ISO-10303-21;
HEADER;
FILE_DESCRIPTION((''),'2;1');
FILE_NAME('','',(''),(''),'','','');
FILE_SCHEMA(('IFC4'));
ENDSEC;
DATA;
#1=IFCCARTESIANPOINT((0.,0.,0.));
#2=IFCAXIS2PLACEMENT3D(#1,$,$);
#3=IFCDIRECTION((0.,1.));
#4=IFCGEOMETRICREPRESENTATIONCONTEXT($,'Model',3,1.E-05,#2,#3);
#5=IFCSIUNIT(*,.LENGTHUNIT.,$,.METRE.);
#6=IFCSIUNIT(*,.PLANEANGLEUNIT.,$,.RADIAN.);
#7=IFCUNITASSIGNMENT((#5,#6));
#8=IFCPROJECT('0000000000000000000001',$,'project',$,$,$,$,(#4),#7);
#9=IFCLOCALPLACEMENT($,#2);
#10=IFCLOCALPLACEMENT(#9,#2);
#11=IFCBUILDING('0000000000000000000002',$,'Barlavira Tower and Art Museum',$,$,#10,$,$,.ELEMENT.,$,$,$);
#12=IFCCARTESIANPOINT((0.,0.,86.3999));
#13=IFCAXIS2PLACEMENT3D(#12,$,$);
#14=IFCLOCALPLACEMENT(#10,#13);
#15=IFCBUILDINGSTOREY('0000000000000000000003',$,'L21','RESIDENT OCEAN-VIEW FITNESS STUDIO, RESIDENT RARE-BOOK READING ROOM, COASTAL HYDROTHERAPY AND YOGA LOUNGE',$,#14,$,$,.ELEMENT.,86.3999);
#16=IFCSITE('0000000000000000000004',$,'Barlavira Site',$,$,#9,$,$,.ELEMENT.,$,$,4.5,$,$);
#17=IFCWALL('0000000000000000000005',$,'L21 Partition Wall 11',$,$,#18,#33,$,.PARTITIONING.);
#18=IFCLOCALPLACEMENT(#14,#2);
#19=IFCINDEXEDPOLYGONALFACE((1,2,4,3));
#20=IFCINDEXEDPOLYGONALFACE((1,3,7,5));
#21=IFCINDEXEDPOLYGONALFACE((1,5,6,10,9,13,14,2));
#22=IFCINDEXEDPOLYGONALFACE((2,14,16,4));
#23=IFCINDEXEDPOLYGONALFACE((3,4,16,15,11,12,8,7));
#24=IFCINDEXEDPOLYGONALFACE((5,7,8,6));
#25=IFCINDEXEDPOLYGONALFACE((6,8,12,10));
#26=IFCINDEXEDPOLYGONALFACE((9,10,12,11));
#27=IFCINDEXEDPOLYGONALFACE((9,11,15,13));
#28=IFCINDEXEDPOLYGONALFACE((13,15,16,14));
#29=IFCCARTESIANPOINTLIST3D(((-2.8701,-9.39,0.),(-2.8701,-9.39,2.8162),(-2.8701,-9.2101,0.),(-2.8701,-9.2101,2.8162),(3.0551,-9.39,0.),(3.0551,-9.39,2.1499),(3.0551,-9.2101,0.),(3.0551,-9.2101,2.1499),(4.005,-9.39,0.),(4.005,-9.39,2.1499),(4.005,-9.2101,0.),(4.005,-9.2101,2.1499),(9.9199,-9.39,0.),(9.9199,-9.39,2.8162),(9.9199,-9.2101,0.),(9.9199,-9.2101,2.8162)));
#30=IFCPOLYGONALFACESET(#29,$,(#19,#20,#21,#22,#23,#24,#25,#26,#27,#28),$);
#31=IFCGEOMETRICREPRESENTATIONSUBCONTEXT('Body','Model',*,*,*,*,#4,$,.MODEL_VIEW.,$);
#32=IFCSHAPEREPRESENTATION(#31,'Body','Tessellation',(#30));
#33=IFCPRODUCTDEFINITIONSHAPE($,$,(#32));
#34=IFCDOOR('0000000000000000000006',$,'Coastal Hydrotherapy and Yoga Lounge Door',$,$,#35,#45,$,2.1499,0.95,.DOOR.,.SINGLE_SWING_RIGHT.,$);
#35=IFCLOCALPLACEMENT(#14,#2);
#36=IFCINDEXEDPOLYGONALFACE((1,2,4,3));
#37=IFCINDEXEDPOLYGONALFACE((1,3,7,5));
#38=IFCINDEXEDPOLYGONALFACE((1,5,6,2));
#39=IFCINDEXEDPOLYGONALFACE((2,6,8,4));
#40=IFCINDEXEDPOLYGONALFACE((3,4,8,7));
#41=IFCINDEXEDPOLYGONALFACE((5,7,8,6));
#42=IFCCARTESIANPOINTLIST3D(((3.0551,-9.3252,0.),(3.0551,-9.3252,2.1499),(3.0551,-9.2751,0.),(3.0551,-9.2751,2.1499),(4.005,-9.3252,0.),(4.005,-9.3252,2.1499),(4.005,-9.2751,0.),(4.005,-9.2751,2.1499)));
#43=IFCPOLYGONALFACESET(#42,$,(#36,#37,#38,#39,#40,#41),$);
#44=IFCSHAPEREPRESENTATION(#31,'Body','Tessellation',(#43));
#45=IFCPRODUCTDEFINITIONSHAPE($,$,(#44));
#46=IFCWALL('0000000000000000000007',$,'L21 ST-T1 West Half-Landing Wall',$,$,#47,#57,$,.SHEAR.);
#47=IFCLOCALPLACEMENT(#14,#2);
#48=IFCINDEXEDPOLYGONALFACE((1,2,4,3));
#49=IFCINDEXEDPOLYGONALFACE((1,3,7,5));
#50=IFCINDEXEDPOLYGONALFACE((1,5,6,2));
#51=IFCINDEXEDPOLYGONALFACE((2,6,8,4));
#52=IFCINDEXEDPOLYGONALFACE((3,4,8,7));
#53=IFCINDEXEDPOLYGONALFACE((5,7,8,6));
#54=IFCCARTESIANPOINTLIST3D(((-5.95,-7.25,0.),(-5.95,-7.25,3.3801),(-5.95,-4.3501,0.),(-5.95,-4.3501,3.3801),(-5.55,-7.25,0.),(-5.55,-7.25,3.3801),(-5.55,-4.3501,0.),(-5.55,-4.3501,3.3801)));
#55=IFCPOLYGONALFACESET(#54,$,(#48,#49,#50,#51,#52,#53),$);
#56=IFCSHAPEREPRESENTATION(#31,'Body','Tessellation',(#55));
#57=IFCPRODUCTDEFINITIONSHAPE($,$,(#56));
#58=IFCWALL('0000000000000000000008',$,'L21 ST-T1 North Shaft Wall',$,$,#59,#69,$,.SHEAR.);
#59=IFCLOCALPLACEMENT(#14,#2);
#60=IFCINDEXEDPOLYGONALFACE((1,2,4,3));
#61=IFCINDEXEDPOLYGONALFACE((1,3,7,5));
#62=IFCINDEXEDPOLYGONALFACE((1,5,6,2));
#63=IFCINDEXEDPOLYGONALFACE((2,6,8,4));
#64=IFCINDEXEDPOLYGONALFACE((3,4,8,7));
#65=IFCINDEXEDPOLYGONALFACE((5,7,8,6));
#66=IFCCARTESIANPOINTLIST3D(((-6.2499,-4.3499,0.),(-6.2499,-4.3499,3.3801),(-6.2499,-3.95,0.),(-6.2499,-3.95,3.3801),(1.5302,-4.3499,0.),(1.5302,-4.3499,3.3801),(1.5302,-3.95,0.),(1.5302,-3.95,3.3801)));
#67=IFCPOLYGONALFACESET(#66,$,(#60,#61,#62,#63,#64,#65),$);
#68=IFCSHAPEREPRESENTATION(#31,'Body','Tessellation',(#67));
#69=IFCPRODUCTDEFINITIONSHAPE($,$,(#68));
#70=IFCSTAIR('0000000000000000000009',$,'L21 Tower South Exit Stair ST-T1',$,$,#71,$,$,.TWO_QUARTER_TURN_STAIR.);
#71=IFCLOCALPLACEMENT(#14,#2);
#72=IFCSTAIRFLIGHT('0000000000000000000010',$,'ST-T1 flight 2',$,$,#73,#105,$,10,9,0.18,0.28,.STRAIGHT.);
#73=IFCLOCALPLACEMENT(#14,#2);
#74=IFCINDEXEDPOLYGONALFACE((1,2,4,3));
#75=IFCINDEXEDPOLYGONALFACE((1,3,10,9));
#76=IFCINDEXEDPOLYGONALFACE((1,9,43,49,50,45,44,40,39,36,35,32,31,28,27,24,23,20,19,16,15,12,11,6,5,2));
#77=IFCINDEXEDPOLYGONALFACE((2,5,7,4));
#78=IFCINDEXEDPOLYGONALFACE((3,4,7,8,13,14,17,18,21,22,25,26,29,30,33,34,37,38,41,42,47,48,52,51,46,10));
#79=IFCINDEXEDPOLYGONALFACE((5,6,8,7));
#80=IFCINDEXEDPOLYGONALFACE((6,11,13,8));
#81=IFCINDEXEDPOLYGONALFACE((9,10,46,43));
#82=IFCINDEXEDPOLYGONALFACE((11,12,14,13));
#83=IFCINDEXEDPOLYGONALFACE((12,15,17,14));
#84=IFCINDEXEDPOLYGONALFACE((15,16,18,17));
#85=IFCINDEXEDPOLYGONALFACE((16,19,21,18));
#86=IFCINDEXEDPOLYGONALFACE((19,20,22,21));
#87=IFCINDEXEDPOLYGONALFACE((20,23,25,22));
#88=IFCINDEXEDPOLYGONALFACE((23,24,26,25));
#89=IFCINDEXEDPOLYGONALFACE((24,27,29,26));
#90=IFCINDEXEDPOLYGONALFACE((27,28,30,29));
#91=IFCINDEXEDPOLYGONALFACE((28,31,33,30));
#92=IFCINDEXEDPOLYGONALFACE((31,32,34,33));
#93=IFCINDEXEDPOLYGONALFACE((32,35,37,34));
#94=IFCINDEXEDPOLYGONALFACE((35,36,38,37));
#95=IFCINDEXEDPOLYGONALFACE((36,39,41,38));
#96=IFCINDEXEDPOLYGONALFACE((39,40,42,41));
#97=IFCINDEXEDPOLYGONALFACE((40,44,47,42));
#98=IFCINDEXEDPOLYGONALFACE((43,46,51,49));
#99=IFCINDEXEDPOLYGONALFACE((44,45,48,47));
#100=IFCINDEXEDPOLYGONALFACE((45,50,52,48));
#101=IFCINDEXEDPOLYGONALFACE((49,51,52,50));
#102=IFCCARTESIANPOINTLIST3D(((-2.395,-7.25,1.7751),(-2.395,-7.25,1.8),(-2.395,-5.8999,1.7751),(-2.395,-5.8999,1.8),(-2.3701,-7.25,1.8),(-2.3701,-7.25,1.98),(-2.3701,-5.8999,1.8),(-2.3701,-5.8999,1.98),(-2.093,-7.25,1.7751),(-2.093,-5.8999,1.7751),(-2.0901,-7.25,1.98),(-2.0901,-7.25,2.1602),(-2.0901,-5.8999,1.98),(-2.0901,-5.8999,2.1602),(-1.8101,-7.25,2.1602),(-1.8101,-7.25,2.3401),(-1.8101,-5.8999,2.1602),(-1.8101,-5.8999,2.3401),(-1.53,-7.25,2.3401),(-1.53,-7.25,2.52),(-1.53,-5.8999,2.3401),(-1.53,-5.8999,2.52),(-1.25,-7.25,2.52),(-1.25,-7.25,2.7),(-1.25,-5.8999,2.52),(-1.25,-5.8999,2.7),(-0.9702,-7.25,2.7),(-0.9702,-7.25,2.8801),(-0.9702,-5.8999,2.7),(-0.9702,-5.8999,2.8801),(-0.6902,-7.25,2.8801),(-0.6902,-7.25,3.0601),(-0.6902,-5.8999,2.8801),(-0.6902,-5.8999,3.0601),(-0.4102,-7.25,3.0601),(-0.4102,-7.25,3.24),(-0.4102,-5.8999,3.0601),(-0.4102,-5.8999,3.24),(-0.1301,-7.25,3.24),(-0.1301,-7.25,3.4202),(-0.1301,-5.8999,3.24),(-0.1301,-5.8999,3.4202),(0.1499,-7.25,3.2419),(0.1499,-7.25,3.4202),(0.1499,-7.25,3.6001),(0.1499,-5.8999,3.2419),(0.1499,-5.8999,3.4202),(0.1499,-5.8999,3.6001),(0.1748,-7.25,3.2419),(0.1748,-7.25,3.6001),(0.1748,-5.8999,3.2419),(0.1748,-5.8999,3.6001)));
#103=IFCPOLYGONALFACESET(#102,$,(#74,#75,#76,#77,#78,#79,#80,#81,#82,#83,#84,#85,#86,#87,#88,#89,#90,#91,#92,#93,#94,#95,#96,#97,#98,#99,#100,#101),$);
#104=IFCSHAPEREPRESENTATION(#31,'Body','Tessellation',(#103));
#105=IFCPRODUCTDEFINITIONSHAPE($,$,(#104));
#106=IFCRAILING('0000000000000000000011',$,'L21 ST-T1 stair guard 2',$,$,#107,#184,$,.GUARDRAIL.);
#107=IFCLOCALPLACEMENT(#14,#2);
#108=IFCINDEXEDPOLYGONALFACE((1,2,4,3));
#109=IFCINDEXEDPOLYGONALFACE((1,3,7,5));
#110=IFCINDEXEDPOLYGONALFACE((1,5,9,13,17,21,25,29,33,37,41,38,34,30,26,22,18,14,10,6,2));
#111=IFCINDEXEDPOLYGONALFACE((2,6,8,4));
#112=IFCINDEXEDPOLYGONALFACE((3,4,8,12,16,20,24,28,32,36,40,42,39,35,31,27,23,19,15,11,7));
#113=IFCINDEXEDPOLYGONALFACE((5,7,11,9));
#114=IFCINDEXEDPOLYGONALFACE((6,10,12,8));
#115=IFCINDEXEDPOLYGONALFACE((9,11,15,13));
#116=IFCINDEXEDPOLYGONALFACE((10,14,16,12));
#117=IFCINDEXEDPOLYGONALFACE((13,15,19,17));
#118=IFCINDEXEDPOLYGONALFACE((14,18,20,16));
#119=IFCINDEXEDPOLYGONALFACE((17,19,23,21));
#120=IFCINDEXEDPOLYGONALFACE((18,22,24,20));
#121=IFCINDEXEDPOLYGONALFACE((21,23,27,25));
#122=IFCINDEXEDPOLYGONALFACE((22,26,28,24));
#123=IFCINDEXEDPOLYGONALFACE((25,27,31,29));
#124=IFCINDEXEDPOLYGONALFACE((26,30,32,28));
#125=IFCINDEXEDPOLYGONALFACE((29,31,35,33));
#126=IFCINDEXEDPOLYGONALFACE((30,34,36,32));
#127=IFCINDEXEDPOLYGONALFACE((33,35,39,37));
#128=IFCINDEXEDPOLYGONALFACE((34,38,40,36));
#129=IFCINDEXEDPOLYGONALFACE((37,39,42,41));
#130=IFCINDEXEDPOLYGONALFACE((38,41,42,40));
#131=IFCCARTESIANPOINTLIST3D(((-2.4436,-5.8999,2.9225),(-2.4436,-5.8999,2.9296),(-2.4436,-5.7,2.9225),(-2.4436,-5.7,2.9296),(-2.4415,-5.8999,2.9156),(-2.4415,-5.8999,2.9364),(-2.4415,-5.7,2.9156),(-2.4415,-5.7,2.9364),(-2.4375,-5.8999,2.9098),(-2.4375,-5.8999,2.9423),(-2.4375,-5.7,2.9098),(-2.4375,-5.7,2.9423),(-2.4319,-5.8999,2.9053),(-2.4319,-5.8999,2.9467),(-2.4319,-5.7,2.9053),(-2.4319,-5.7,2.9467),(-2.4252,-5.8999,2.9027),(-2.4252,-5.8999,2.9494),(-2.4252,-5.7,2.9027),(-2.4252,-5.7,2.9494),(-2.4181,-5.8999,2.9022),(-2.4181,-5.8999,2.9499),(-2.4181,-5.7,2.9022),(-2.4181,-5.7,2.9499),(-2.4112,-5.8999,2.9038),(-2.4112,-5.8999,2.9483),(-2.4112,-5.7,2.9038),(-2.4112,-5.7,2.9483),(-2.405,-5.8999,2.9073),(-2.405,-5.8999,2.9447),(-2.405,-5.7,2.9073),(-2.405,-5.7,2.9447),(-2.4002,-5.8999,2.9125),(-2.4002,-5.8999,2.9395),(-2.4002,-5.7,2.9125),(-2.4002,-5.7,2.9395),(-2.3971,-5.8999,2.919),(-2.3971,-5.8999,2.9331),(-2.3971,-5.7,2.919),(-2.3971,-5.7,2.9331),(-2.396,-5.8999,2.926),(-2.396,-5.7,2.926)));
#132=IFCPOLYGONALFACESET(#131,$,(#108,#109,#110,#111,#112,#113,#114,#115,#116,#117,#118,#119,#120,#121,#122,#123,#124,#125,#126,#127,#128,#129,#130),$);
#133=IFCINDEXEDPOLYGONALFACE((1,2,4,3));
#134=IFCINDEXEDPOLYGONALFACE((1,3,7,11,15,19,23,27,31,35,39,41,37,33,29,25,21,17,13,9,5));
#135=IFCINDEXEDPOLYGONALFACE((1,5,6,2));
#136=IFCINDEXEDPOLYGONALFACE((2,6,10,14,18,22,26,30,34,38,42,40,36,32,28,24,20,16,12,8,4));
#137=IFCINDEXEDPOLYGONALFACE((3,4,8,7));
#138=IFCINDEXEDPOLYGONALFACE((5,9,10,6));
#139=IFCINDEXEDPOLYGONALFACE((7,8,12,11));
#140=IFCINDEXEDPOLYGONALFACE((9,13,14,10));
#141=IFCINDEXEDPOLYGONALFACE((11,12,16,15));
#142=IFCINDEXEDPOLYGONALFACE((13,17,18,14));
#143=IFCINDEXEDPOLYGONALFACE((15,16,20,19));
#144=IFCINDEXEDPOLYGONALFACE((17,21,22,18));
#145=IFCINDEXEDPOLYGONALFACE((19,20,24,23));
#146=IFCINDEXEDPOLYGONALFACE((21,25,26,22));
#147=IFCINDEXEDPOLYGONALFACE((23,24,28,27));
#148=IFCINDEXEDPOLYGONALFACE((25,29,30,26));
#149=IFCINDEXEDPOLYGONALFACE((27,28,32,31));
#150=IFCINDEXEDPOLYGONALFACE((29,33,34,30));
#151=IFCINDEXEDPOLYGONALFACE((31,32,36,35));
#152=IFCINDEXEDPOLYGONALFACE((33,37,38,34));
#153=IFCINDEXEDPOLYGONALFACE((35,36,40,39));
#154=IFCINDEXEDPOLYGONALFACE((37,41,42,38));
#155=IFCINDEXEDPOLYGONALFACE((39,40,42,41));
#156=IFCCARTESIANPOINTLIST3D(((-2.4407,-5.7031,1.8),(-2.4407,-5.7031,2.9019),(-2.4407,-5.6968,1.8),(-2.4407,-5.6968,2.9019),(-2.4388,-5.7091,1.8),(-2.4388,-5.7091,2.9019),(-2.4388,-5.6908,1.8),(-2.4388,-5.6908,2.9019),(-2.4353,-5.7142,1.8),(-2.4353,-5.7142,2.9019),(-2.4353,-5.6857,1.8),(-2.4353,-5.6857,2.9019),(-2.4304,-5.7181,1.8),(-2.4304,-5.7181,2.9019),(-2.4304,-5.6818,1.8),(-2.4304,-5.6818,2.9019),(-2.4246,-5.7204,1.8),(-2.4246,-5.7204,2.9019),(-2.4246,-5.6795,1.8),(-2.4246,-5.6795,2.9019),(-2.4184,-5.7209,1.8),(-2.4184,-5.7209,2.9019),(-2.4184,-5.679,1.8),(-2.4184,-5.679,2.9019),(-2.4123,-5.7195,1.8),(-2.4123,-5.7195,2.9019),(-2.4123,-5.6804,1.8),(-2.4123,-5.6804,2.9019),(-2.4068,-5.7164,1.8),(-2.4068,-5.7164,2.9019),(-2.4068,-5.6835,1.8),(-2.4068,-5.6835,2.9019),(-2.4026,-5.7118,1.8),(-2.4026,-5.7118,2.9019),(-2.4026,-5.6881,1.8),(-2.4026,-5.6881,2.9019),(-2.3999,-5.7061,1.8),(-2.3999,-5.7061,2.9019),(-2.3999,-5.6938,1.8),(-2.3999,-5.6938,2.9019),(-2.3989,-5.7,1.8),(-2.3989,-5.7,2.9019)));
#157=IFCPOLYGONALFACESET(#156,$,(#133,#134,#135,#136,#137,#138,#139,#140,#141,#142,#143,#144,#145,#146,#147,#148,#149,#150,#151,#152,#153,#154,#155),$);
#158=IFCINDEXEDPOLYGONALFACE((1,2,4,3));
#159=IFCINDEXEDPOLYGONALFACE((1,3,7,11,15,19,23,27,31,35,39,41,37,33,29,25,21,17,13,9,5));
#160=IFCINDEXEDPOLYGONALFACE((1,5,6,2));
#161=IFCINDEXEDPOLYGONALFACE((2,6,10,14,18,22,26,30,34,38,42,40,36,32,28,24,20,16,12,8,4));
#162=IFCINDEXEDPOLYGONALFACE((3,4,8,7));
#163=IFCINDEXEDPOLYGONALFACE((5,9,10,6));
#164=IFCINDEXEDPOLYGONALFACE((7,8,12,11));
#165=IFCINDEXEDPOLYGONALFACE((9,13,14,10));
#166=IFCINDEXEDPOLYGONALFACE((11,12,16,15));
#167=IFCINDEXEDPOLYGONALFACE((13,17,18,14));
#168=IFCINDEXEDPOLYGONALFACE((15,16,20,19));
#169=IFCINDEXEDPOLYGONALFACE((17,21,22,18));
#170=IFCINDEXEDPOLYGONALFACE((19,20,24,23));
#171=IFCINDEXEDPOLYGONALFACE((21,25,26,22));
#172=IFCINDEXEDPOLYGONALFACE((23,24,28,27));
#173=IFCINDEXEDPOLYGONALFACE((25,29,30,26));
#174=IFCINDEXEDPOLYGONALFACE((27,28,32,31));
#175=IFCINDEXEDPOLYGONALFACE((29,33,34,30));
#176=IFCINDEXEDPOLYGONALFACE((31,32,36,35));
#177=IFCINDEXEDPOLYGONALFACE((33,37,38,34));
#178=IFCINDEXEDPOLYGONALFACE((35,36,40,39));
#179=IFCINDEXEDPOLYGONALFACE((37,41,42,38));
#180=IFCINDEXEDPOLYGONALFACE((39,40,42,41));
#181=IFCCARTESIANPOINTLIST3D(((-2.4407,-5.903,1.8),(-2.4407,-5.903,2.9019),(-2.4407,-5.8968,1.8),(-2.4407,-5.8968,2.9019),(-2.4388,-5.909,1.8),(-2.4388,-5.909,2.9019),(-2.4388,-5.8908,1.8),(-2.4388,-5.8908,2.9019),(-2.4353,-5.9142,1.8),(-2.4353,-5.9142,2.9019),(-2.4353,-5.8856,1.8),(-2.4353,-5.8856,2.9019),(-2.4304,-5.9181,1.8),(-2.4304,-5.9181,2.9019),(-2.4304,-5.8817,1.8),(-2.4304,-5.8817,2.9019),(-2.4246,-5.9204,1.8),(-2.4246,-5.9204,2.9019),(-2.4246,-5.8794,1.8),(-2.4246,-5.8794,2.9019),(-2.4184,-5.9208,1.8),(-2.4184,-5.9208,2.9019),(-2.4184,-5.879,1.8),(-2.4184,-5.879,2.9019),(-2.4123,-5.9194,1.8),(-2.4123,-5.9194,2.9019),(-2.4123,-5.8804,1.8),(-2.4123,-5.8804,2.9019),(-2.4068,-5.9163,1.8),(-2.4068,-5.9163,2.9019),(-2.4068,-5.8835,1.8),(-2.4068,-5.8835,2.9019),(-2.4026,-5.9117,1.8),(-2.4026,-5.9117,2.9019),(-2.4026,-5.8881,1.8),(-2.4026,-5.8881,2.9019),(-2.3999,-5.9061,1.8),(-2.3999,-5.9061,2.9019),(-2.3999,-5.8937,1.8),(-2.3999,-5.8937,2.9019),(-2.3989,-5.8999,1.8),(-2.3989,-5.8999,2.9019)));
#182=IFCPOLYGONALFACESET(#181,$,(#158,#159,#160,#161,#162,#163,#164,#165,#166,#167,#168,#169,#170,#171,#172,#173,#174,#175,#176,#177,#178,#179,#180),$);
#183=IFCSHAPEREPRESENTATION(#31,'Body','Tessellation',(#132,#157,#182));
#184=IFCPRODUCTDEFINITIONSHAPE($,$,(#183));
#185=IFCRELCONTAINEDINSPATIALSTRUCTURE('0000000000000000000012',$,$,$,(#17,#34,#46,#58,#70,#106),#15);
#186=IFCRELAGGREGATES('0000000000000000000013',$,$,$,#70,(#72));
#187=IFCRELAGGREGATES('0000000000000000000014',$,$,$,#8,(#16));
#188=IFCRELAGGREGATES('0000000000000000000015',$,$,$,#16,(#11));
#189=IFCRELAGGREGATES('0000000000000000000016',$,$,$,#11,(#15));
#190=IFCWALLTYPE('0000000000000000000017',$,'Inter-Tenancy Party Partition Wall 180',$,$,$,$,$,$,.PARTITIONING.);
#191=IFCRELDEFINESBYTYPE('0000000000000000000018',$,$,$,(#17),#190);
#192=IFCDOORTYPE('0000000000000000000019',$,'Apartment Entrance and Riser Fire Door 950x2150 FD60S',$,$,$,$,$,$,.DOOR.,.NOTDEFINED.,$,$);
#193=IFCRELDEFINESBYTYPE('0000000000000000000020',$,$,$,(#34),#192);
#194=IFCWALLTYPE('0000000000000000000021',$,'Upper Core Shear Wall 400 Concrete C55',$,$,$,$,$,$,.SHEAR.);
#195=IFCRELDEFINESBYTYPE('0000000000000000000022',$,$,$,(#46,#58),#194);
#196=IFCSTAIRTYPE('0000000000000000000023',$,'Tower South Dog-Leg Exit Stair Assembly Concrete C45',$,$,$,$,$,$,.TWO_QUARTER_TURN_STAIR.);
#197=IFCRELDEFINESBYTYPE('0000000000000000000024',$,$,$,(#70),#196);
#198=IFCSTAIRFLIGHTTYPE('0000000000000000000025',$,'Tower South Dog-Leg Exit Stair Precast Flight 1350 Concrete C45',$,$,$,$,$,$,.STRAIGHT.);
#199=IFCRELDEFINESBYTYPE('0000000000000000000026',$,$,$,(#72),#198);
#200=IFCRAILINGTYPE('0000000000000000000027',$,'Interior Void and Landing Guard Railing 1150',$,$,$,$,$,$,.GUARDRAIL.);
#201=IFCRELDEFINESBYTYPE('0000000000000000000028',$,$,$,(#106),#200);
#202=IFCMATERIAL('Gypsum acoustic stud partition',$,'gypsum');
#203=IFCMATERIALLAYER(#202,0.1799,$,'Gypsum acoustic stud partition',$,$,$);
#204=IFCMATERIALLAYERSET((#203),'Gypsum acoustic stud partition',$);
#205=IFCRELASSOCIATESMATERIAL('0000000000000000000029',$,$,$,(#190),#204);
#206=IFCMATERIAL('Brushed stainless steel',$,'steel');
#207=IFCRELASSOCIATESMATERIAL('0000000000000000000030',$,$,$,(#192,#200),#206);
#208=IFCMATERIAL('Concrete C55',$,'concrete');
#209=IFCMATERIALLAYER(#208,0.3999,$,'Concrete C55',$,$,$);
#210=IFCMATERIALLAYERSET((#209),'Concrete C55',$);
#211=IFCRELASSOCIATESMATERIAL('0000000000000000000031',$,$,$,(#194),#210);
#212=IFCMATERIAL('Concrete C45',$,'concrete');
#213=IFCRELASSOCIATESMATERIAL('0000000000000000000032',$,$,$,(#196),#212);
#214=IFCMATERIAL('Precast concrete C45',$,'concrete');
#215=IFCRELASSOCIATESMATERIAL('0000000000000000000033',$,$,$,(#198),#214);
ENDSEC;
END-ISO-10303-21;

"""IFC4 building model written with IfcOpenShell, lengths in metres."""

from ifc_helpers import new_model, si_unit, direction, frame, frame_2d, origin, origin_2d, place, context, subcontext, project, spatial, polyline, rectangle, circle, outline, extrude, material, layer, layer_set, type_object, element, fill, aggregate, save


model = new_model("IFC4")

# Units and contexts
model_context = context("Model", 3, precision=1e-05, world=origin(), true_north=direction((0.0, 1.0)))
body_context = subcontext(model_context, "Body", "Model", "MODEL_VIEW")
ifc_project = project(units=[si_unit("LENGTHUNIT", "METRE"), si_unit("PLANEANGLEUNIT", "RADIAN")], contexts=[model_context])

# Site, building, storey
site_placement = place(None, origin())
site = spatial("IfcSite", under=ifc_project, at=site_placement, Name="Barlavira Site", CompositionType="ELEMENT", RefElevation=4.5)
building_placement = place(site_placement, origin())
building = spatial("IfcBuilding", under=site, at=building_placement, Name="Barlavira Tower and Art Museum", CompositionType="ELEMENT")
storey_placement = place(building_placement, frame((0.0, 0.0, 86.3999)))
storey = spatial("IfcBuildingStorey", under=building, at=storey_placement, Name="L21", Description="RESIDENT OCEAN-VIEW FITNESS STUDIO, RESIDENT RARE-BOOK READING ROOM, COASTAL HYDROTHERAPY AND YOGA LOUNGE", CompositionType="ELEMENT", Elevation=86.3999)

# Shared definitions
ifc_material_1 = material(Name="Brushed stainless steel", Category="steel")

# Shared definitions
ifc_material_2 = material(Name="Gypsum acoustic stud partition", Category="gypsum")
ifc_layer_1 = layer(ifc_material_2, 0.1799, Name="Gypsum acoustic stud partition")
ifc_layer_set_1 = layer_set([ifc_layer_1], Name="Gypsum acoustic stud partition")
wall_type_1 = type_object("IfcWallType", Name="Inter-Tenancy Party Partition Wall 180", PredefinedType="PARTITIONING", material=ifc_layer_set_1)
door_type_1 = type_object("IfcDoorType", Name="Apartment Entrance and Riser Fire Door 950x2150 FD60S", OperationType="NOTDEFINED", PredefinedType="DOOR", material=ifc_material_1)

# Wall, opening, door
wall_1_placement = place(storey_placement, frame((-2.8701, -9.3, 0.0), z_axis=(0.0, 0.0, 1.0), x_axis=(1.0, 0.0, 0.0)))
wall_1 = element("IfcWall", 1, at=wall_1_placement, inside=storey, type_object=wall_type_1, Name="L21 Partition Wall 11", PredefinedType="PARTITIONING", context=body_context, shape_type="SweptSolid", body=[
    extrude(rectangle(XDim=12.79, YDim=0.1799, at=frame_2d((6.395, 0.0))), origin(), (0.0, 0.0, 1.0), 2.8162),
])
opening_1_placement = place(wall_1_placement, frame((5.925, 0.0, 0.0)))
opening_1 = element("IfcOpeningElement", 2, at=opening_1_placement, cuts=wall_1, PredefinedType="OPENING", context=body_context, shape_type="SweptSolid", body=[
    extrude(rectangle(XDim=0.95, YDim=2.1499, at=frame_2d((0.4751, 1.075))), frame((0.0, 0.1001, 0.0), z_axis=(0.0, -1.0, 0.0), x_axis=(1.0, 0.0, 0.0)), (0.0, 0.0, 1.0), 0.2),
])
door_1_placement = place(opening_1_placement, origin())
door_1 = element("IfcDoor", 3, at=door_1_placement, inside=storey, type_object=door_type_1, Name="Coastal Hydrotherapy and Yoga Lounge Door", OperationType="SINGLE_SWING_RIGHT", OverallHeight=2.1499, OverallWidth=0.95, PredefinedType="DOOR", context=body_context, shape_type="SweptSolid", body=[
    extrude(rectangle(XDim=0.95, YDim=2.1499, at=frame_2d((0.4751, 1.075))), frame((0.0, 0.0249, 0.0), z_axis=(0.0, -1.0, 0.0), x_axis=(1.0, 0.0, 0.0)), (0.0, 0.0, 1.0), 0.05),
])
fill(opening_1, door_1)

# Walls
ifc_material_3 = material(Name="Concrete C55", Category="concrete")
ifc_layer_2 = layer(ifc_material_3, 0.3999, Name="Concrete C55")
ifc_layer_set_2 = layer_set([ifc_layer_2], Name="Concrete C55")
wall_type_2 = type_object("IfcWallType", Name="Upper Core Shear Wall 400 Concrete C55", PredefinedType="SHEAR", material=ifc_layer_set_2)
wall_2_placement = place(storey_placement, frame((-5.75, -7.25, 0.0), z_axis=(0.0, 0.0, 1.0), x_axis=(0.0, 1.0, 0.0)))
element("IfcWall", 4, at=wall_2_placement, inside=storey, type_object=wall_type_2, Name="L21 ST-T1 West Half-Landing Wall", PredefinedType="SHEAR", context=body_context, shape_type="SweptSolid", body=[
    extrude(rectangle(XDim=2.8999, YDim=0.3999, at=frame_2d((1.45, 0.0))), origin(), (0.0, 0.0, 1.0), 3.3801),
])
wall_3_placement = place(storey_placement, frame((-6.25, -4.1499, 0.0), z_axis=(0.0, 0.0, 1.0), x_axis=(1.0, 0.0, 0.0)))
element("IfcWall", 5, at=wall_3_placement, inside=storey, type_object=wall_type_2, Name="L21 ST-T1 North Shaft Wall", PredefinedType="SHEAR", context=body_context, shape_type="SweptSolid", body=[
    extrude(rectangle(XDim=7.78, YDim=0.3999, at=frame_2d((3.8901, 0.0))), origin(), (0.0, 0.0, 1.0), 3.3801),
])

# Stair, stair flight
ifc_material_4 = material(Name="Concrete C45", Category="concrete")
stair_type = type_object("IfcStairType", Name="Tower South Dog-Leg Exit Stair Assembly Concrete C45", PredefinedType="TWO_QUARTER_TURN_STAIR", material=ifc_material_4)
stair_placement = place(storey_placement, origin())
stair = element("IfcStair", 6, at=stair_placement, inside=storey, type_object=stair_type, Name="L21 Tower South Exit Stair ST-T1", PredefinedType="TWO_QUARTER_TURN_STAIR")
ifc_material_5 = material(Name="Precast concrete C45", Category="concrete")
stair_flight_type = type_object("IfcStairFlightType", Name="Tower South Dog-Leg Exit Stair Precast Flight 1350 Concrete C45", PredefinedType="STRAIGHT", material=ifc_material_5)
stair_flight_placement = place(storey_placement, frame((-2.3701, -6.575, 1.8), z_axis=(0.0, 0.0, 1.0), x_axis=(1.0, 0.0, 0.0)))
stair_flight = element("IfcStairFlight", 7, at=stair_flight_placement, type_object=stair_flight_type, Name="ST-T1 flight 2", NumberOfRisers=10, NumberOfTreads=9, PredefinedType="STRAIGHT", RiserHeight=0.18, TreadLength=0.28, context=body_context, shape_type="SweptSolid", body=[
    extrude(outline(polyline([(-0.0249, 0.0), (0.0, 0.0), (0.0, 0.1799), (0.28, 0.1799), (0.28, 0.3601), (0.5601, 0.3601), (0.5601, 0.54), (0.8401, 0.54), (0.8401, 0.72), (1.1201, 0.72), (1.1201, 0.8999), (1.3999, 0.8999), (1.3999, 1.0801), (1.6799, 1.0801), (1.6799, 1.26), (1.96, 1.26), (1.96, 1.4399), (2.24, 1.4399), (2.24, 1.6201), (2.52, 1.6201), (2.52, 1.8), (2.5449, 1.8), (2.5449, 1.4419), (2.52, 1.4419), (0.2771, -0.0249), (-0.0249, -0.0249), (-0.0249, 0.0)])), frame((0.0, 0.675, 0.0), z_axis=(0.0, -1.0, 0.0), x_axis=(1.0, 0.0, 0.0)), (0.0, 0.0, 1.0), 1.3501),
])
aggregate(stair, [stair_flight])

# Railing
railing_type_1 = type_object("IfcRailingType", Name="Interior Void and Landing Guard Railing 1150", PredefinedType="GUARDRAIL", material=ifc_material_1)
railing_1_placement = place(storey_placement, frame((-2.4199, -5.7, 1.8)))
element("IfcRailing", 8, at=railing_1_placement, inside=storey, type_object=railing_type_1, Name="L21 ST-T1 stair guard 2", PredefinedType="GUARDRAIL", context=body_context, shape_type="SweptSolid", body=[
    extrude(circle(Radius=0.0239, at=origin_2d()), frame((0.0, 0.0, 1.126), z_axis=(0.0, -1.0, 0.0), x_axis=(1.0, 0.0, 0.0)), (0.0, 0.0, 1.0), 0.2),
    extrude(circle(Radius=0.021, at=origin_2d()), origin(), (0.0, 0.0, 1.0), 1.1018),
    extrude(circle(Radius=0.021, at=origin_2d()), frame((0.0, -0.2, 0.0)), (0.0, 0.0, 1.0), 1.1018),
])

save(model, "model.ifc")
